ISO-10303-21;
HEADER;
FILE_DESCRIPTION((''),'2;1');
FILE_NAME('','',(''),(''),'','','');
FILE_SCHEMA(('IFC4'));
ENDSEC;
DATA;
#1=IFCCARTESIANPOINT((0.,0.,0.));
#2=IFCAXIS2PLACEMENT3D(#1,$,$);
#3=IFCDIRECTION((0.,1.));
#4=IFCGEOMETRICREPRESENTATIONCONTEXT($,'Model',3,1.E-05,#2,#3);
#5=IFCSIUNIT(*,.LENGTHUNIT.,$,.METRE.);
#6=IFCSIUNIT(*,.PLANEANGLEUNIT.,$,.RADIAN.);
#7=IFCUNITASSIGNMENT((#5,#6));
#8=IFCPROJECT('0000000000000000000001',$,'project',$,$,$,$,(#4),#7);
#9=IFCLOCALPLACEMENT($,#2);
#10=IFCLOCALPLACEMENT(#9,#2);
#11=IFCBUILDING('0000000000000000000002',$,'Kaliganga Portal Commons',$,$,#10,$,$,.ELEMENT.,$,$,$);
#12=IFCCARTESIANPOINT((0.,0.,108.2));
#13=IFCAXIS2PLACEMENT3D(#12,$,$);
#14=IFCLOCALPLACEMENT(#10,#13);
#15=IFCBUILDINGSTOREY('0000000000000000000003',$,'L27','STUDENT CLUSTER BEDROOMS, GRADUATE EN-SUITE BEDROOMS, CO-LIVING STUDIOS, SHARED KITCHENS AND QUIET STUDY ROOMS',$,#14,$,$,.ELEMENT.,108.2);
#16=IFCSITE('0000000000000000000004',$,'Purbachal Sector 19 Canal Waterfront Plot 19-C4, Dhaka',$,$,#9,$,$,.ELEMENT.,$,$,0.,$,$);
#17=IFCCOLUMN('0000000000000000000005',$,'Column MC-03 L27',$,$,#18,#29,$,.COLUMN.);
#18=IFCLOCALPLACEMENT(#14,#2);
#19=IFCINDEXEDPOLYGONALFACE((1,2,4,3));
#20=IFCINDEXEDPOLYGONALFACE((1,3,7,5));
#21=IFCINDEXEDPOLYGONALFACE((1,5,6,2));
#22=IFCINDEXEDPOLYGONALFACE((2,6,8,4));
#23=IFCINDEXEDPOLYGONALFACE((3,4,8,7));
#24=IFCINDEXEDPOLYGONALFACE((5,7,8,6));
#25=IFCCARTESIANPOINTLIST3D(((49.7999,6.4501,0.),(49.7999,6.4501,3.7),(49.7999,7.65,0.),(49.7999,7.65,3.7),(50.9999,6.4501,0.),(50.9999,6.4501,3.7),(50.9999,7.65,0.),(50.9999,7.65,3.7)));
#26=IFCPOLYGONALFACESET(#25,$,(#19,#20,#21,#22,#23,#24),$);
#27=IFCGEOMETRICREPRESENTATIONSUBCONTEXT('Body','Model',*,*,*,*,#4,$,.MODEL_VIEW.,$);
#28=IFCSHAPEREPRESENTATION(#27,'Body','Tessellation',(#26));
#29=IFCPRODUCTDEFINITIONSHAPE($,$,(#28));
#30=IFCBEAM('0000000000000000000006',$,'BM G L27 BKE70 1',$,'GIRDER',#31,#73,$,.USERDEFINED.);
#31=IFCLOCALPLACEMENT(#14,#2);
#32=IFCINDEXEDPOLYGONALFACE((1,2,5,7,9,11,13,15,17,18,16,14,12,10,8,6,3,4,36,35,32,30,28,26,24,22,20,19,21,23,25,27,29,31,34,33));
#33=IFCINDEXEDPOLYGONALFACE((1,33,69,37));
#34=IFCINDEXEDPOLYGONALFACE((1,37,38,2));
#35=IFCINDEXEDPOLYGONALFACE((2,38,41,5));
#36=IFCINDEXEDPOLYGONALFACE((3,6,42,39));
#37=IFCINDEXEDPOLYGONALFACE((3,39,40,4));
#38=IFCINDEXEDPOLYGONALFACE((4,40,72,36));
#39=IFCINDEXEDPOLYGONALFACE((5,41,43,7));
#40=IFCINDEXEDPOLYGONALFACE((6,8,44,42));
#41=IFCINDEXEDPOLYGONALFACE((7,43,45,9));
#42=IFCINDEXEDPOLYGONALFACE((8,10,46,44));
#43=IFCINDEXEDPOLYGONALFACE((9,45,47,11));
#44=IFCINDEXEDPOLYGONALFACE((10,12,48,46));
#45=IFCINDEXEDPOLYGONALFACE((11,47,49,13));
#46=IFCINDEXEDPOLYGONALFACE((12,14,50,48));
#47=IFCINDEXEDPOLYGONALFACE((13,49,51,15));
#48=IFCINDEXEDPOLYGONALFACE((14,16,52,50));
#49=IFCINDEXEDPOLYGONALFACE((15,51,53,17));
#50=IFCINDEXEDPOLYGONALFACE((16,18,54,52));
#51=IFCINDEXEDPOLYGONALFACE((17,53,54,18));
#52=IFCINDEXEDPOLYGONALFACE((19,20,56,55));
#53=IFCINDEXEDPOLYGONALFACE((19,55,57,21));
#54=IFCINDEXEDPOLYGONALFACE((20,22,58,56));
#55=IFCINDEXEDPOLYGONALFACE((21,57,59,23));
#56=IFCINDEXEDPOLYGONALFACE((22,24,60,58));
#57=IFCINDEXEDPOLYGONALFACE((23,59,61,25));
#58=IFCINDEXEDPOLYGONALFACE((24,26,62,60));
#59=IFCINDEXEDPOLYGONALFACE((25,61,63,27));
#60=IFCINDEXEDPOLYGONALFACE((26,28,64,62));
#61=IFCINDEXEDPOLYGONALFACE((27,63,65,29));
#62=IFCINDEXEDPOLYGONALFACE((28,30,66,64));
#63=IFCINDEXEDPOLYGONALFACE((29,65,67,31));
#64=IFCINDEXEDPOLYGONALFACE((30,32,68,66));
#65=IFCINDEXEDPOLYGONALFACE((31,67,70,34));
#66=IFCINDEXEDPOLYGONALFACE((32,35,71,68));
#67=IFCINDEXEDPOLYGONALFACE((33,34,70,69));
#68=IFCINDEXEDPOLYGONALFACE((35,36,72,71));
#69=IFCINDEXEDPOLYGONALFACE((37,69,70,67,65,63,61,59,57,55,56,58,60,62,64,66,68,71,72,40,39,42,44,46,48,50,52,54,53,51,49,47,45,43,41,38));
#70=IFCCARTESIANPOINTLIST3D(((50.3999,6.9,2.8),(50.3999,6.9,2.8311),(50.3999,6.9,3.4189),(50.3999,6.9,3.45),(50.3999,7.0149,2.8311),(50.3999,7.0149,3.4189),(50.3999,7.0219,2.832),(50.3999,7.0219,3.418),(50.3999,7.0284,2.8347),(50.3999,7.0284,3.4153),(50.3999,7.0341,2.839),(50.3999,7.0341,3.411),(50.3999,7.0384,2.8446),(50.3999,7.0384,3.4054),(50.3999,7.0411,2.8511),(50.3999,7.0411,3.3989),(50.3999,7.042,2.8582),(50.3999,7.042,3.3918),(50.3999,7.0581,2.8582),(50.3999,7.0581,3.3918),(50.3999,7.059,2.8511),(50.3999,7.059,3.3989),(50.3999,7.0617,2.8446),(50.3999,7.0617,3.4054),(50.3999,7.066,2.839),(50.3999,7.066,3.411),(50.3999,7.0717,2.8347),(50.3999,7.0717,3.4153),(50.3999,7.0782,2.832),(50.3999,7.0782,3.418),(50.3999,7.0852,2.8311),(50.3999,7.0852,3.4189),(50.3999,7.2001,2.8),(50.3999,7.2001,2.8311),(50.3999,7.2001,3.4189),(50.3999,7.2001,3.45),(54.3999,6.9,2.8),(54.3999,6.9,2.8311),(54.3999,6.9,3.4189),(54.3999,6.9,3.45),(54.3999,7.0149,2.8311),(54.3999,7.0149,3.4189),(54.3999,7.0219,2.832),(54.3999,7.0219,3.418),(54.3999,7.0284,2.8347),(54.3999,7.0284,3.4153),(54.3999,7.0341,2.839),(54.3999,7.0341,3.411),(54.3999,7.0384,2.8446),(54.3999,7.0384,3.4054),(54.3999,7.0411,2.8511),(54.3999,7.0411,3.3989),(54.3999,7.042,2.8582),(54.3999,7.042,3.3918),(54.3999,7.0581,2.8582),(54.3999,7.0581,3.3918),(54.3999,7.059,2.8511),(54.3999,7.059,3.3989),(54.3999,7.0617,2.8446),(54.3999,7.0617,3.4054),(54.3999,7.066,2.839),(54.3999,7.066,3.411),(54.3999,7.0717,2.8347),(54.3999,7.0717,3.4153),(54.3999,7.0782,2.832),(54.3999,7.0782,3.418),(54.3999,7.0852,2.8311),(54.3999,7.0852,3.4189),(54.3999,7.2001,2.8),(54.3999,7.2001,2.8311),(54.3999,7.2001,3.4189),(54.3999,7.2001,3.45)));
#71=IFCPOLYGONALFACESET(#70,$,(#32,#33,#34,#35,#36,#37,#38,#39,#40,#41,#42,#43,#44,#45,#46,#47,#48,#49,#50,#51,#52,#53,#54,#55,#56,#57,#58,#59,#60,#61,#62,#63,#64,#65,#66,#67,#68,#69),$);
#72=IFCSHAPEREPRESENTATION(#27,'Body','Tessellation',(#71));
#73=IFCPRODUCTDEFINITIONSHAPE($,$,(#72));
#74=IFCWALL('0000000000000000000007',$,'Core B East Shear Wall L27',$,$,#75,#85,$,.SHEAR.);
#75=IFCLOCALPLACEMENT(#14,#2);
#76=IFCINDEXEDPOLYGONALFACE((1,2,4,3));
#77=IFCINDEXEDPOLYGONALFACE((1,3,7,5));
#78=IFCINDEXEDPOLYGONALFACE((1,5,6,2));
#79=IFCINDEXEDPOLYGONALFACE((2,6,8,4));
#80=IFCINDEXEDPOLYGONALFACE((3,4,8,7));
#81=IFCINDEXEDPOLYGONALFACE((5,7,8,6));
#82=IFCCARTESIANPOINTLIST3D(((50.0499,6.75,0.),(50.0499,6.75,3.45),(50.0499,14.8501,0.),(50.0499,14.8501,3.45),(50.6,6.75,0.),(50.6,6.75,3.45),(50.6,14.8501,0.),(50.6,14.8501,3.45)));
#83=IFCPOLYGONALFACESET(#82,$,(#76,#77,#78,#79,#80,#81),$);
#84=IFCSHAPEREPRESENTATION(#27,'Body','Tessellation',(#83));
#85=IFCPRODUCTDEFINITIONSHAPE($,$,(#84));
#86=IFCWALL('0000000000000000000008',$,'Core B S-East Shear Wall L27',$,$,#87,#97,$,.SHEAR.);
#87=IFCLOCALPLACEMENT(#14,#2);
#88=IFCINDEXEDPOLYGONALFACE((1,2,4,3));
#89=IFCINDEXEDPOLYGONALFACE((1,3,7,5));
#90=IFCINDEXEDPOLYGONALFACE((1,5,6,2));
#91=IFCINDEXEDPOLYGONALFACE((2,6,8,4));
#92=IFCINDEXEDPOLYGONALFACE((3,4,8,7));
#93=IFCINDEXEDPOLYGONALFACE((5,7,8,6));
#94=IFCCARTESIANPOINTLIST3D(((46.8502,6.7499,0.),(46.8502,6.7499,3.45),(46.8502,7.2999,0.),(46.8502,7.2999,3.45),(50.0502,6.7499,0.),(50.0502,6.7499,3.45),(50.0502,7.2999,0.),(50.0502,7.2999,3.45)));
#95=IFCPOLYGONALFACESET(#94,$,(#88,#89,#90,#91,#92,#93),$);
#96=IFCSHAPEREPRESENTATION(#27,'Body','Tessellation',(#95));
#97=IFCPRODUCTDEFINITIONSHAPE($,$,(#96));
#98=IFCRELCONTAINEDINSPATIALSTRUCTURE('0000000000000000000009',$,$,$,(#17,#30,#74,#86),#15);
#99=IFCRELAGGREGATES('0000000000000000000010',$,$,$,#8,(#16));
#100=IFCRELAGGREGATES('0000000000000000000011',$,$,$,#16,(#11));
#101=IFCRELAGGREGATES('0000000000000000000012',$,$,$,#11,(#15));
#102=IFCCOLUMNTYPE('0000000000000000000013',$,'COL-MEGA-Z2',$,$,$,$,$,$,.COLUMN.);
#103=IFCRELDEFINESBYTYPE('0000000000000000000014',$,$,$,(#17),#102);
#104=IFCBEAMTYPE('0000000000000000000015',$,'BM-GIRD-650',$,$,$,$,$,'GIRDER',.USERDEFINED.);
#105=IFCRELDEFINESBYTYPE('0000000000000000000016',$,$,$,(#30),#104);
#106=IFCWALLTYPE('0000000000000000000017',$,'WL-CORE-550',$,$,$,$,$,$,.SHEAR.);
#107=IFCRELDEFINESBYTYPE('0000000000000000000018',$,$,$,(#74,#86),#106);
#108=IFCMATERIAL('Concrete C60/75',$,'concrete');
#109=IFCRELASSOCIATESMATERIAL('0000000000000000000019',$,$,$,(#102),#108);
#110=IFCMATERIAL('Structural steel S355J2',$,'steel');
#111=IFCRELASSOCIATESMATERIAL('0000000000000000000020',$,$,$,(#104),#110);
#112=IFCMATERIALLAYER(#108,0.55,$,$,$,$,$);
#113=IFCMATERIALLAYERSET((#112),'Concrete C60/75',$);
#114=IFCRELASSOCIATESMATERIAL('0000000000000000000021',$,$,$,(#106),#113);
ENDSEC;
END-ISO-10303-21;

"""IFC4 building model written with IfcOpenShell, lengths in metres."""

from ifc_helpers import new_model, si_unit, direction, frame, frame_2d, origin, origin_2d, place, context, subcontext, project, spatial, rectangle, i_section, extrude, source, transform, mapped, material, layer, layer_set, material_profile, profile_set, type_object, element, save


model = new_model("IFC4")

# Units and contexts
model_context = context("Model", 3, precision=1e-05, world=origin(), true_north=direction((0.0, 1.0)))
body_context = subcontext(model_context, "Body", "Model", "MODEL_VIEW")
ifc_project = project(units=[si_unit("LENGTHUNIT", "METRE"), si_unit("PLANEANGLEUNIT", "RADIAN")], contexts=[model_context])

# Site, building, storey
site_placement = place(None, origin())
site = spatial("IfcSite", under=ifc_project, at=site_placement, Name="Purbachal Sector 19 Canal Waterfront Plot 19-C4, Dhaka", CompositionType="ELEMENT", RefElevation=0.0)
building_placement = place(site_placement, origin())
building = spatial("IfcBuilding", under=site, at=building_placement, Name="Kaliganga Portal Commons", CompositionType="ELEMENT")
storey_placement = place(building_placement, frame((0.0, 0.0, 108.2)))
storey = spatial("IfcBuildingStorey", under=building, at=storey_placement, Name="L27", Description="STUDENT CLUSTER BEDROOMS, GRADUATE EN-SUITE BEDROOMS, CO-LIVING STUDIOS, SHARED KITCHENS AND QUIET STUDY ROOMS", CompositionType="ELEMENT", Elevation=108.2)

# Column
ifc_material_1 = material(Name="Concrete C60/75", Category="concrete")
ifc_material_profile_1 = material_profile(ifc_material_1, rectangle(XDim=1.2, YDim=1.2, at=origin_2d()), Name="RC 1200x1200")
ifc_profile_set_1 = profile_set([ifc_material_profile_1], Name="Concrete C60/75")
column_type = type_object("IfcColumnType", Name="COL-MEGA-Z2", PredefinedType="COLUMN", material=ifc_profile_set_1)
shared_shape_1 = source(origin(), body_context, "Body", "SweptSolid", [
    extrude(rectangle(XDim=1.2, YDim=1.2, at=origin_2d()), origin(), (0.0, 0.0, 1.0), 3.7),
])
column_placement = place(storey_placement, frame((50.3999, 7.05, 0.0), z_axis=(0.0, 0.0, 1.0), x_axis=(1.0, 0.0, 0.0)))
element("IfcColumn", 1, at=column_placement, inside=storey, type_object=column_type, Name="Column MC-03 L27", PredefinedType="COLUMN", context=body_context, shape_type="MappedRepresentation", body=[
    mapped(shared_shape_1, transform((0.0, 0.0, 0.0), x_axis=(1.0, 0.0, 0.0), y_axis=(0.0, 1.0, 0.0), z_axis=(0.0, 0.0, 1.0), scale=1.0)),
])

# Beam
ifc_material_2 = material(Name="Structural steel S355J2", Category="steel")
ifc_material_profile_2 = material_profile(ifc_material_2, i_section(OverallWidth=0.3, OverallDepth=0.6499, WebThickness=0.0161, FlangeThickness=0.031, FilletRadius=0.0271, at=origin_2d()), Name="HE 650 B")
ifc_profile_set_2 = profile_set([ifc_material_profile_2], Name="Structural steel S355J2 wide-flange")
beam_type = type_object("IfcBeamType", Name="BM-GIRD-650", ElementType="GIRDER", PredefinedType="USERDEFINED", material=ifc_profile_set_2)
shared_shape_2 = source(origin(), body_context, "Body", "SweptSolid", [
    extrude(i_section(OverallWidth=0.3, OverallDepth=0.6499, WebThickness=0.0161, FlangeThickness=0.031, FilletRadius=0.0271, at=origin_2d()), origin(), (0.0, 0.0, 1.0), 4.0),
])
beam_placement = place(storey_placement, frame((50.3999, 7.05, 3.125), z_axis=(1.0, 0.0, 0.0), x_axis=(0.0, 1.0, 0.0)))
element("IfcBeam", 2, at=beam_placement, inside=storey, type_object=beam_type, Name="BM G L27 BKE70 1", ObjectType="GIRDER", PredefinedType="USERDEFINED", context=body_context, shape_type="MappedRepresentation", body=[
    mapped(shared_shape_2, transform((0.0, 0.0, 0.0), x_axis=(1.0, 0.0, 0.0), y_axis=(0.0, 1.0, 0.0), z_axis=(0.0, 0.0, 1.0), scale=1.0)),
])

# Walls
ifc_layer_1 = layer(ifc_material_1, 0.55)
ifc_layer_set_1 = layer_set([ifc_layer_1], Name="Concrete C60/75")
wall_type_1 = type_object("IfcWallType", Name="WL-CORE-550", PredefinedType="SHEAR", material=ifc_layer_set_1)
wall_1_placement = place(storey_placement, frame((50.325, 6.75, 0.0), z_axis=(0.0, 0.0, 1.0), x_axis=(0.0, 1.0, 0.0)))
element("IfcWall", 3, at=wall_1_placement, inside=storey, type_object=wall_type_1, Name="Core B East Shear Wall L27", PredefinedType="SHEAR", context=body_context, shape_type="SweptSolid", body=[
    extrude(rectangle(XDim=8.1001, YDim=0.55, at=frame_2d((4.05, 0.0))), origin(), (0.0, 0.0, 1.0), 3.45),
])
wall_2_placement = place(storey_placement, frame((46.8501, 7.0249, 0.0), z_axis=(0.0, 0.0, 1.0), x_axis=(1.0, 0.0, 0.0)))
element("IfcWall", 4, at=wall_2_placement, inside=storey, type_object=wall_type_1, Name="Core B S-East Shear Wall L27", PredefinedType="SHEAR", context=body_context, shape_type="SweptSolid", body=[
    extrude(rectangle(XDim=3.2, YDim=0.55, at=frame_2d((1.6001, 0.0))), origin(), (0.0, 0.0, 1.0), 3.45),
])

save(model, "model.ifc")
